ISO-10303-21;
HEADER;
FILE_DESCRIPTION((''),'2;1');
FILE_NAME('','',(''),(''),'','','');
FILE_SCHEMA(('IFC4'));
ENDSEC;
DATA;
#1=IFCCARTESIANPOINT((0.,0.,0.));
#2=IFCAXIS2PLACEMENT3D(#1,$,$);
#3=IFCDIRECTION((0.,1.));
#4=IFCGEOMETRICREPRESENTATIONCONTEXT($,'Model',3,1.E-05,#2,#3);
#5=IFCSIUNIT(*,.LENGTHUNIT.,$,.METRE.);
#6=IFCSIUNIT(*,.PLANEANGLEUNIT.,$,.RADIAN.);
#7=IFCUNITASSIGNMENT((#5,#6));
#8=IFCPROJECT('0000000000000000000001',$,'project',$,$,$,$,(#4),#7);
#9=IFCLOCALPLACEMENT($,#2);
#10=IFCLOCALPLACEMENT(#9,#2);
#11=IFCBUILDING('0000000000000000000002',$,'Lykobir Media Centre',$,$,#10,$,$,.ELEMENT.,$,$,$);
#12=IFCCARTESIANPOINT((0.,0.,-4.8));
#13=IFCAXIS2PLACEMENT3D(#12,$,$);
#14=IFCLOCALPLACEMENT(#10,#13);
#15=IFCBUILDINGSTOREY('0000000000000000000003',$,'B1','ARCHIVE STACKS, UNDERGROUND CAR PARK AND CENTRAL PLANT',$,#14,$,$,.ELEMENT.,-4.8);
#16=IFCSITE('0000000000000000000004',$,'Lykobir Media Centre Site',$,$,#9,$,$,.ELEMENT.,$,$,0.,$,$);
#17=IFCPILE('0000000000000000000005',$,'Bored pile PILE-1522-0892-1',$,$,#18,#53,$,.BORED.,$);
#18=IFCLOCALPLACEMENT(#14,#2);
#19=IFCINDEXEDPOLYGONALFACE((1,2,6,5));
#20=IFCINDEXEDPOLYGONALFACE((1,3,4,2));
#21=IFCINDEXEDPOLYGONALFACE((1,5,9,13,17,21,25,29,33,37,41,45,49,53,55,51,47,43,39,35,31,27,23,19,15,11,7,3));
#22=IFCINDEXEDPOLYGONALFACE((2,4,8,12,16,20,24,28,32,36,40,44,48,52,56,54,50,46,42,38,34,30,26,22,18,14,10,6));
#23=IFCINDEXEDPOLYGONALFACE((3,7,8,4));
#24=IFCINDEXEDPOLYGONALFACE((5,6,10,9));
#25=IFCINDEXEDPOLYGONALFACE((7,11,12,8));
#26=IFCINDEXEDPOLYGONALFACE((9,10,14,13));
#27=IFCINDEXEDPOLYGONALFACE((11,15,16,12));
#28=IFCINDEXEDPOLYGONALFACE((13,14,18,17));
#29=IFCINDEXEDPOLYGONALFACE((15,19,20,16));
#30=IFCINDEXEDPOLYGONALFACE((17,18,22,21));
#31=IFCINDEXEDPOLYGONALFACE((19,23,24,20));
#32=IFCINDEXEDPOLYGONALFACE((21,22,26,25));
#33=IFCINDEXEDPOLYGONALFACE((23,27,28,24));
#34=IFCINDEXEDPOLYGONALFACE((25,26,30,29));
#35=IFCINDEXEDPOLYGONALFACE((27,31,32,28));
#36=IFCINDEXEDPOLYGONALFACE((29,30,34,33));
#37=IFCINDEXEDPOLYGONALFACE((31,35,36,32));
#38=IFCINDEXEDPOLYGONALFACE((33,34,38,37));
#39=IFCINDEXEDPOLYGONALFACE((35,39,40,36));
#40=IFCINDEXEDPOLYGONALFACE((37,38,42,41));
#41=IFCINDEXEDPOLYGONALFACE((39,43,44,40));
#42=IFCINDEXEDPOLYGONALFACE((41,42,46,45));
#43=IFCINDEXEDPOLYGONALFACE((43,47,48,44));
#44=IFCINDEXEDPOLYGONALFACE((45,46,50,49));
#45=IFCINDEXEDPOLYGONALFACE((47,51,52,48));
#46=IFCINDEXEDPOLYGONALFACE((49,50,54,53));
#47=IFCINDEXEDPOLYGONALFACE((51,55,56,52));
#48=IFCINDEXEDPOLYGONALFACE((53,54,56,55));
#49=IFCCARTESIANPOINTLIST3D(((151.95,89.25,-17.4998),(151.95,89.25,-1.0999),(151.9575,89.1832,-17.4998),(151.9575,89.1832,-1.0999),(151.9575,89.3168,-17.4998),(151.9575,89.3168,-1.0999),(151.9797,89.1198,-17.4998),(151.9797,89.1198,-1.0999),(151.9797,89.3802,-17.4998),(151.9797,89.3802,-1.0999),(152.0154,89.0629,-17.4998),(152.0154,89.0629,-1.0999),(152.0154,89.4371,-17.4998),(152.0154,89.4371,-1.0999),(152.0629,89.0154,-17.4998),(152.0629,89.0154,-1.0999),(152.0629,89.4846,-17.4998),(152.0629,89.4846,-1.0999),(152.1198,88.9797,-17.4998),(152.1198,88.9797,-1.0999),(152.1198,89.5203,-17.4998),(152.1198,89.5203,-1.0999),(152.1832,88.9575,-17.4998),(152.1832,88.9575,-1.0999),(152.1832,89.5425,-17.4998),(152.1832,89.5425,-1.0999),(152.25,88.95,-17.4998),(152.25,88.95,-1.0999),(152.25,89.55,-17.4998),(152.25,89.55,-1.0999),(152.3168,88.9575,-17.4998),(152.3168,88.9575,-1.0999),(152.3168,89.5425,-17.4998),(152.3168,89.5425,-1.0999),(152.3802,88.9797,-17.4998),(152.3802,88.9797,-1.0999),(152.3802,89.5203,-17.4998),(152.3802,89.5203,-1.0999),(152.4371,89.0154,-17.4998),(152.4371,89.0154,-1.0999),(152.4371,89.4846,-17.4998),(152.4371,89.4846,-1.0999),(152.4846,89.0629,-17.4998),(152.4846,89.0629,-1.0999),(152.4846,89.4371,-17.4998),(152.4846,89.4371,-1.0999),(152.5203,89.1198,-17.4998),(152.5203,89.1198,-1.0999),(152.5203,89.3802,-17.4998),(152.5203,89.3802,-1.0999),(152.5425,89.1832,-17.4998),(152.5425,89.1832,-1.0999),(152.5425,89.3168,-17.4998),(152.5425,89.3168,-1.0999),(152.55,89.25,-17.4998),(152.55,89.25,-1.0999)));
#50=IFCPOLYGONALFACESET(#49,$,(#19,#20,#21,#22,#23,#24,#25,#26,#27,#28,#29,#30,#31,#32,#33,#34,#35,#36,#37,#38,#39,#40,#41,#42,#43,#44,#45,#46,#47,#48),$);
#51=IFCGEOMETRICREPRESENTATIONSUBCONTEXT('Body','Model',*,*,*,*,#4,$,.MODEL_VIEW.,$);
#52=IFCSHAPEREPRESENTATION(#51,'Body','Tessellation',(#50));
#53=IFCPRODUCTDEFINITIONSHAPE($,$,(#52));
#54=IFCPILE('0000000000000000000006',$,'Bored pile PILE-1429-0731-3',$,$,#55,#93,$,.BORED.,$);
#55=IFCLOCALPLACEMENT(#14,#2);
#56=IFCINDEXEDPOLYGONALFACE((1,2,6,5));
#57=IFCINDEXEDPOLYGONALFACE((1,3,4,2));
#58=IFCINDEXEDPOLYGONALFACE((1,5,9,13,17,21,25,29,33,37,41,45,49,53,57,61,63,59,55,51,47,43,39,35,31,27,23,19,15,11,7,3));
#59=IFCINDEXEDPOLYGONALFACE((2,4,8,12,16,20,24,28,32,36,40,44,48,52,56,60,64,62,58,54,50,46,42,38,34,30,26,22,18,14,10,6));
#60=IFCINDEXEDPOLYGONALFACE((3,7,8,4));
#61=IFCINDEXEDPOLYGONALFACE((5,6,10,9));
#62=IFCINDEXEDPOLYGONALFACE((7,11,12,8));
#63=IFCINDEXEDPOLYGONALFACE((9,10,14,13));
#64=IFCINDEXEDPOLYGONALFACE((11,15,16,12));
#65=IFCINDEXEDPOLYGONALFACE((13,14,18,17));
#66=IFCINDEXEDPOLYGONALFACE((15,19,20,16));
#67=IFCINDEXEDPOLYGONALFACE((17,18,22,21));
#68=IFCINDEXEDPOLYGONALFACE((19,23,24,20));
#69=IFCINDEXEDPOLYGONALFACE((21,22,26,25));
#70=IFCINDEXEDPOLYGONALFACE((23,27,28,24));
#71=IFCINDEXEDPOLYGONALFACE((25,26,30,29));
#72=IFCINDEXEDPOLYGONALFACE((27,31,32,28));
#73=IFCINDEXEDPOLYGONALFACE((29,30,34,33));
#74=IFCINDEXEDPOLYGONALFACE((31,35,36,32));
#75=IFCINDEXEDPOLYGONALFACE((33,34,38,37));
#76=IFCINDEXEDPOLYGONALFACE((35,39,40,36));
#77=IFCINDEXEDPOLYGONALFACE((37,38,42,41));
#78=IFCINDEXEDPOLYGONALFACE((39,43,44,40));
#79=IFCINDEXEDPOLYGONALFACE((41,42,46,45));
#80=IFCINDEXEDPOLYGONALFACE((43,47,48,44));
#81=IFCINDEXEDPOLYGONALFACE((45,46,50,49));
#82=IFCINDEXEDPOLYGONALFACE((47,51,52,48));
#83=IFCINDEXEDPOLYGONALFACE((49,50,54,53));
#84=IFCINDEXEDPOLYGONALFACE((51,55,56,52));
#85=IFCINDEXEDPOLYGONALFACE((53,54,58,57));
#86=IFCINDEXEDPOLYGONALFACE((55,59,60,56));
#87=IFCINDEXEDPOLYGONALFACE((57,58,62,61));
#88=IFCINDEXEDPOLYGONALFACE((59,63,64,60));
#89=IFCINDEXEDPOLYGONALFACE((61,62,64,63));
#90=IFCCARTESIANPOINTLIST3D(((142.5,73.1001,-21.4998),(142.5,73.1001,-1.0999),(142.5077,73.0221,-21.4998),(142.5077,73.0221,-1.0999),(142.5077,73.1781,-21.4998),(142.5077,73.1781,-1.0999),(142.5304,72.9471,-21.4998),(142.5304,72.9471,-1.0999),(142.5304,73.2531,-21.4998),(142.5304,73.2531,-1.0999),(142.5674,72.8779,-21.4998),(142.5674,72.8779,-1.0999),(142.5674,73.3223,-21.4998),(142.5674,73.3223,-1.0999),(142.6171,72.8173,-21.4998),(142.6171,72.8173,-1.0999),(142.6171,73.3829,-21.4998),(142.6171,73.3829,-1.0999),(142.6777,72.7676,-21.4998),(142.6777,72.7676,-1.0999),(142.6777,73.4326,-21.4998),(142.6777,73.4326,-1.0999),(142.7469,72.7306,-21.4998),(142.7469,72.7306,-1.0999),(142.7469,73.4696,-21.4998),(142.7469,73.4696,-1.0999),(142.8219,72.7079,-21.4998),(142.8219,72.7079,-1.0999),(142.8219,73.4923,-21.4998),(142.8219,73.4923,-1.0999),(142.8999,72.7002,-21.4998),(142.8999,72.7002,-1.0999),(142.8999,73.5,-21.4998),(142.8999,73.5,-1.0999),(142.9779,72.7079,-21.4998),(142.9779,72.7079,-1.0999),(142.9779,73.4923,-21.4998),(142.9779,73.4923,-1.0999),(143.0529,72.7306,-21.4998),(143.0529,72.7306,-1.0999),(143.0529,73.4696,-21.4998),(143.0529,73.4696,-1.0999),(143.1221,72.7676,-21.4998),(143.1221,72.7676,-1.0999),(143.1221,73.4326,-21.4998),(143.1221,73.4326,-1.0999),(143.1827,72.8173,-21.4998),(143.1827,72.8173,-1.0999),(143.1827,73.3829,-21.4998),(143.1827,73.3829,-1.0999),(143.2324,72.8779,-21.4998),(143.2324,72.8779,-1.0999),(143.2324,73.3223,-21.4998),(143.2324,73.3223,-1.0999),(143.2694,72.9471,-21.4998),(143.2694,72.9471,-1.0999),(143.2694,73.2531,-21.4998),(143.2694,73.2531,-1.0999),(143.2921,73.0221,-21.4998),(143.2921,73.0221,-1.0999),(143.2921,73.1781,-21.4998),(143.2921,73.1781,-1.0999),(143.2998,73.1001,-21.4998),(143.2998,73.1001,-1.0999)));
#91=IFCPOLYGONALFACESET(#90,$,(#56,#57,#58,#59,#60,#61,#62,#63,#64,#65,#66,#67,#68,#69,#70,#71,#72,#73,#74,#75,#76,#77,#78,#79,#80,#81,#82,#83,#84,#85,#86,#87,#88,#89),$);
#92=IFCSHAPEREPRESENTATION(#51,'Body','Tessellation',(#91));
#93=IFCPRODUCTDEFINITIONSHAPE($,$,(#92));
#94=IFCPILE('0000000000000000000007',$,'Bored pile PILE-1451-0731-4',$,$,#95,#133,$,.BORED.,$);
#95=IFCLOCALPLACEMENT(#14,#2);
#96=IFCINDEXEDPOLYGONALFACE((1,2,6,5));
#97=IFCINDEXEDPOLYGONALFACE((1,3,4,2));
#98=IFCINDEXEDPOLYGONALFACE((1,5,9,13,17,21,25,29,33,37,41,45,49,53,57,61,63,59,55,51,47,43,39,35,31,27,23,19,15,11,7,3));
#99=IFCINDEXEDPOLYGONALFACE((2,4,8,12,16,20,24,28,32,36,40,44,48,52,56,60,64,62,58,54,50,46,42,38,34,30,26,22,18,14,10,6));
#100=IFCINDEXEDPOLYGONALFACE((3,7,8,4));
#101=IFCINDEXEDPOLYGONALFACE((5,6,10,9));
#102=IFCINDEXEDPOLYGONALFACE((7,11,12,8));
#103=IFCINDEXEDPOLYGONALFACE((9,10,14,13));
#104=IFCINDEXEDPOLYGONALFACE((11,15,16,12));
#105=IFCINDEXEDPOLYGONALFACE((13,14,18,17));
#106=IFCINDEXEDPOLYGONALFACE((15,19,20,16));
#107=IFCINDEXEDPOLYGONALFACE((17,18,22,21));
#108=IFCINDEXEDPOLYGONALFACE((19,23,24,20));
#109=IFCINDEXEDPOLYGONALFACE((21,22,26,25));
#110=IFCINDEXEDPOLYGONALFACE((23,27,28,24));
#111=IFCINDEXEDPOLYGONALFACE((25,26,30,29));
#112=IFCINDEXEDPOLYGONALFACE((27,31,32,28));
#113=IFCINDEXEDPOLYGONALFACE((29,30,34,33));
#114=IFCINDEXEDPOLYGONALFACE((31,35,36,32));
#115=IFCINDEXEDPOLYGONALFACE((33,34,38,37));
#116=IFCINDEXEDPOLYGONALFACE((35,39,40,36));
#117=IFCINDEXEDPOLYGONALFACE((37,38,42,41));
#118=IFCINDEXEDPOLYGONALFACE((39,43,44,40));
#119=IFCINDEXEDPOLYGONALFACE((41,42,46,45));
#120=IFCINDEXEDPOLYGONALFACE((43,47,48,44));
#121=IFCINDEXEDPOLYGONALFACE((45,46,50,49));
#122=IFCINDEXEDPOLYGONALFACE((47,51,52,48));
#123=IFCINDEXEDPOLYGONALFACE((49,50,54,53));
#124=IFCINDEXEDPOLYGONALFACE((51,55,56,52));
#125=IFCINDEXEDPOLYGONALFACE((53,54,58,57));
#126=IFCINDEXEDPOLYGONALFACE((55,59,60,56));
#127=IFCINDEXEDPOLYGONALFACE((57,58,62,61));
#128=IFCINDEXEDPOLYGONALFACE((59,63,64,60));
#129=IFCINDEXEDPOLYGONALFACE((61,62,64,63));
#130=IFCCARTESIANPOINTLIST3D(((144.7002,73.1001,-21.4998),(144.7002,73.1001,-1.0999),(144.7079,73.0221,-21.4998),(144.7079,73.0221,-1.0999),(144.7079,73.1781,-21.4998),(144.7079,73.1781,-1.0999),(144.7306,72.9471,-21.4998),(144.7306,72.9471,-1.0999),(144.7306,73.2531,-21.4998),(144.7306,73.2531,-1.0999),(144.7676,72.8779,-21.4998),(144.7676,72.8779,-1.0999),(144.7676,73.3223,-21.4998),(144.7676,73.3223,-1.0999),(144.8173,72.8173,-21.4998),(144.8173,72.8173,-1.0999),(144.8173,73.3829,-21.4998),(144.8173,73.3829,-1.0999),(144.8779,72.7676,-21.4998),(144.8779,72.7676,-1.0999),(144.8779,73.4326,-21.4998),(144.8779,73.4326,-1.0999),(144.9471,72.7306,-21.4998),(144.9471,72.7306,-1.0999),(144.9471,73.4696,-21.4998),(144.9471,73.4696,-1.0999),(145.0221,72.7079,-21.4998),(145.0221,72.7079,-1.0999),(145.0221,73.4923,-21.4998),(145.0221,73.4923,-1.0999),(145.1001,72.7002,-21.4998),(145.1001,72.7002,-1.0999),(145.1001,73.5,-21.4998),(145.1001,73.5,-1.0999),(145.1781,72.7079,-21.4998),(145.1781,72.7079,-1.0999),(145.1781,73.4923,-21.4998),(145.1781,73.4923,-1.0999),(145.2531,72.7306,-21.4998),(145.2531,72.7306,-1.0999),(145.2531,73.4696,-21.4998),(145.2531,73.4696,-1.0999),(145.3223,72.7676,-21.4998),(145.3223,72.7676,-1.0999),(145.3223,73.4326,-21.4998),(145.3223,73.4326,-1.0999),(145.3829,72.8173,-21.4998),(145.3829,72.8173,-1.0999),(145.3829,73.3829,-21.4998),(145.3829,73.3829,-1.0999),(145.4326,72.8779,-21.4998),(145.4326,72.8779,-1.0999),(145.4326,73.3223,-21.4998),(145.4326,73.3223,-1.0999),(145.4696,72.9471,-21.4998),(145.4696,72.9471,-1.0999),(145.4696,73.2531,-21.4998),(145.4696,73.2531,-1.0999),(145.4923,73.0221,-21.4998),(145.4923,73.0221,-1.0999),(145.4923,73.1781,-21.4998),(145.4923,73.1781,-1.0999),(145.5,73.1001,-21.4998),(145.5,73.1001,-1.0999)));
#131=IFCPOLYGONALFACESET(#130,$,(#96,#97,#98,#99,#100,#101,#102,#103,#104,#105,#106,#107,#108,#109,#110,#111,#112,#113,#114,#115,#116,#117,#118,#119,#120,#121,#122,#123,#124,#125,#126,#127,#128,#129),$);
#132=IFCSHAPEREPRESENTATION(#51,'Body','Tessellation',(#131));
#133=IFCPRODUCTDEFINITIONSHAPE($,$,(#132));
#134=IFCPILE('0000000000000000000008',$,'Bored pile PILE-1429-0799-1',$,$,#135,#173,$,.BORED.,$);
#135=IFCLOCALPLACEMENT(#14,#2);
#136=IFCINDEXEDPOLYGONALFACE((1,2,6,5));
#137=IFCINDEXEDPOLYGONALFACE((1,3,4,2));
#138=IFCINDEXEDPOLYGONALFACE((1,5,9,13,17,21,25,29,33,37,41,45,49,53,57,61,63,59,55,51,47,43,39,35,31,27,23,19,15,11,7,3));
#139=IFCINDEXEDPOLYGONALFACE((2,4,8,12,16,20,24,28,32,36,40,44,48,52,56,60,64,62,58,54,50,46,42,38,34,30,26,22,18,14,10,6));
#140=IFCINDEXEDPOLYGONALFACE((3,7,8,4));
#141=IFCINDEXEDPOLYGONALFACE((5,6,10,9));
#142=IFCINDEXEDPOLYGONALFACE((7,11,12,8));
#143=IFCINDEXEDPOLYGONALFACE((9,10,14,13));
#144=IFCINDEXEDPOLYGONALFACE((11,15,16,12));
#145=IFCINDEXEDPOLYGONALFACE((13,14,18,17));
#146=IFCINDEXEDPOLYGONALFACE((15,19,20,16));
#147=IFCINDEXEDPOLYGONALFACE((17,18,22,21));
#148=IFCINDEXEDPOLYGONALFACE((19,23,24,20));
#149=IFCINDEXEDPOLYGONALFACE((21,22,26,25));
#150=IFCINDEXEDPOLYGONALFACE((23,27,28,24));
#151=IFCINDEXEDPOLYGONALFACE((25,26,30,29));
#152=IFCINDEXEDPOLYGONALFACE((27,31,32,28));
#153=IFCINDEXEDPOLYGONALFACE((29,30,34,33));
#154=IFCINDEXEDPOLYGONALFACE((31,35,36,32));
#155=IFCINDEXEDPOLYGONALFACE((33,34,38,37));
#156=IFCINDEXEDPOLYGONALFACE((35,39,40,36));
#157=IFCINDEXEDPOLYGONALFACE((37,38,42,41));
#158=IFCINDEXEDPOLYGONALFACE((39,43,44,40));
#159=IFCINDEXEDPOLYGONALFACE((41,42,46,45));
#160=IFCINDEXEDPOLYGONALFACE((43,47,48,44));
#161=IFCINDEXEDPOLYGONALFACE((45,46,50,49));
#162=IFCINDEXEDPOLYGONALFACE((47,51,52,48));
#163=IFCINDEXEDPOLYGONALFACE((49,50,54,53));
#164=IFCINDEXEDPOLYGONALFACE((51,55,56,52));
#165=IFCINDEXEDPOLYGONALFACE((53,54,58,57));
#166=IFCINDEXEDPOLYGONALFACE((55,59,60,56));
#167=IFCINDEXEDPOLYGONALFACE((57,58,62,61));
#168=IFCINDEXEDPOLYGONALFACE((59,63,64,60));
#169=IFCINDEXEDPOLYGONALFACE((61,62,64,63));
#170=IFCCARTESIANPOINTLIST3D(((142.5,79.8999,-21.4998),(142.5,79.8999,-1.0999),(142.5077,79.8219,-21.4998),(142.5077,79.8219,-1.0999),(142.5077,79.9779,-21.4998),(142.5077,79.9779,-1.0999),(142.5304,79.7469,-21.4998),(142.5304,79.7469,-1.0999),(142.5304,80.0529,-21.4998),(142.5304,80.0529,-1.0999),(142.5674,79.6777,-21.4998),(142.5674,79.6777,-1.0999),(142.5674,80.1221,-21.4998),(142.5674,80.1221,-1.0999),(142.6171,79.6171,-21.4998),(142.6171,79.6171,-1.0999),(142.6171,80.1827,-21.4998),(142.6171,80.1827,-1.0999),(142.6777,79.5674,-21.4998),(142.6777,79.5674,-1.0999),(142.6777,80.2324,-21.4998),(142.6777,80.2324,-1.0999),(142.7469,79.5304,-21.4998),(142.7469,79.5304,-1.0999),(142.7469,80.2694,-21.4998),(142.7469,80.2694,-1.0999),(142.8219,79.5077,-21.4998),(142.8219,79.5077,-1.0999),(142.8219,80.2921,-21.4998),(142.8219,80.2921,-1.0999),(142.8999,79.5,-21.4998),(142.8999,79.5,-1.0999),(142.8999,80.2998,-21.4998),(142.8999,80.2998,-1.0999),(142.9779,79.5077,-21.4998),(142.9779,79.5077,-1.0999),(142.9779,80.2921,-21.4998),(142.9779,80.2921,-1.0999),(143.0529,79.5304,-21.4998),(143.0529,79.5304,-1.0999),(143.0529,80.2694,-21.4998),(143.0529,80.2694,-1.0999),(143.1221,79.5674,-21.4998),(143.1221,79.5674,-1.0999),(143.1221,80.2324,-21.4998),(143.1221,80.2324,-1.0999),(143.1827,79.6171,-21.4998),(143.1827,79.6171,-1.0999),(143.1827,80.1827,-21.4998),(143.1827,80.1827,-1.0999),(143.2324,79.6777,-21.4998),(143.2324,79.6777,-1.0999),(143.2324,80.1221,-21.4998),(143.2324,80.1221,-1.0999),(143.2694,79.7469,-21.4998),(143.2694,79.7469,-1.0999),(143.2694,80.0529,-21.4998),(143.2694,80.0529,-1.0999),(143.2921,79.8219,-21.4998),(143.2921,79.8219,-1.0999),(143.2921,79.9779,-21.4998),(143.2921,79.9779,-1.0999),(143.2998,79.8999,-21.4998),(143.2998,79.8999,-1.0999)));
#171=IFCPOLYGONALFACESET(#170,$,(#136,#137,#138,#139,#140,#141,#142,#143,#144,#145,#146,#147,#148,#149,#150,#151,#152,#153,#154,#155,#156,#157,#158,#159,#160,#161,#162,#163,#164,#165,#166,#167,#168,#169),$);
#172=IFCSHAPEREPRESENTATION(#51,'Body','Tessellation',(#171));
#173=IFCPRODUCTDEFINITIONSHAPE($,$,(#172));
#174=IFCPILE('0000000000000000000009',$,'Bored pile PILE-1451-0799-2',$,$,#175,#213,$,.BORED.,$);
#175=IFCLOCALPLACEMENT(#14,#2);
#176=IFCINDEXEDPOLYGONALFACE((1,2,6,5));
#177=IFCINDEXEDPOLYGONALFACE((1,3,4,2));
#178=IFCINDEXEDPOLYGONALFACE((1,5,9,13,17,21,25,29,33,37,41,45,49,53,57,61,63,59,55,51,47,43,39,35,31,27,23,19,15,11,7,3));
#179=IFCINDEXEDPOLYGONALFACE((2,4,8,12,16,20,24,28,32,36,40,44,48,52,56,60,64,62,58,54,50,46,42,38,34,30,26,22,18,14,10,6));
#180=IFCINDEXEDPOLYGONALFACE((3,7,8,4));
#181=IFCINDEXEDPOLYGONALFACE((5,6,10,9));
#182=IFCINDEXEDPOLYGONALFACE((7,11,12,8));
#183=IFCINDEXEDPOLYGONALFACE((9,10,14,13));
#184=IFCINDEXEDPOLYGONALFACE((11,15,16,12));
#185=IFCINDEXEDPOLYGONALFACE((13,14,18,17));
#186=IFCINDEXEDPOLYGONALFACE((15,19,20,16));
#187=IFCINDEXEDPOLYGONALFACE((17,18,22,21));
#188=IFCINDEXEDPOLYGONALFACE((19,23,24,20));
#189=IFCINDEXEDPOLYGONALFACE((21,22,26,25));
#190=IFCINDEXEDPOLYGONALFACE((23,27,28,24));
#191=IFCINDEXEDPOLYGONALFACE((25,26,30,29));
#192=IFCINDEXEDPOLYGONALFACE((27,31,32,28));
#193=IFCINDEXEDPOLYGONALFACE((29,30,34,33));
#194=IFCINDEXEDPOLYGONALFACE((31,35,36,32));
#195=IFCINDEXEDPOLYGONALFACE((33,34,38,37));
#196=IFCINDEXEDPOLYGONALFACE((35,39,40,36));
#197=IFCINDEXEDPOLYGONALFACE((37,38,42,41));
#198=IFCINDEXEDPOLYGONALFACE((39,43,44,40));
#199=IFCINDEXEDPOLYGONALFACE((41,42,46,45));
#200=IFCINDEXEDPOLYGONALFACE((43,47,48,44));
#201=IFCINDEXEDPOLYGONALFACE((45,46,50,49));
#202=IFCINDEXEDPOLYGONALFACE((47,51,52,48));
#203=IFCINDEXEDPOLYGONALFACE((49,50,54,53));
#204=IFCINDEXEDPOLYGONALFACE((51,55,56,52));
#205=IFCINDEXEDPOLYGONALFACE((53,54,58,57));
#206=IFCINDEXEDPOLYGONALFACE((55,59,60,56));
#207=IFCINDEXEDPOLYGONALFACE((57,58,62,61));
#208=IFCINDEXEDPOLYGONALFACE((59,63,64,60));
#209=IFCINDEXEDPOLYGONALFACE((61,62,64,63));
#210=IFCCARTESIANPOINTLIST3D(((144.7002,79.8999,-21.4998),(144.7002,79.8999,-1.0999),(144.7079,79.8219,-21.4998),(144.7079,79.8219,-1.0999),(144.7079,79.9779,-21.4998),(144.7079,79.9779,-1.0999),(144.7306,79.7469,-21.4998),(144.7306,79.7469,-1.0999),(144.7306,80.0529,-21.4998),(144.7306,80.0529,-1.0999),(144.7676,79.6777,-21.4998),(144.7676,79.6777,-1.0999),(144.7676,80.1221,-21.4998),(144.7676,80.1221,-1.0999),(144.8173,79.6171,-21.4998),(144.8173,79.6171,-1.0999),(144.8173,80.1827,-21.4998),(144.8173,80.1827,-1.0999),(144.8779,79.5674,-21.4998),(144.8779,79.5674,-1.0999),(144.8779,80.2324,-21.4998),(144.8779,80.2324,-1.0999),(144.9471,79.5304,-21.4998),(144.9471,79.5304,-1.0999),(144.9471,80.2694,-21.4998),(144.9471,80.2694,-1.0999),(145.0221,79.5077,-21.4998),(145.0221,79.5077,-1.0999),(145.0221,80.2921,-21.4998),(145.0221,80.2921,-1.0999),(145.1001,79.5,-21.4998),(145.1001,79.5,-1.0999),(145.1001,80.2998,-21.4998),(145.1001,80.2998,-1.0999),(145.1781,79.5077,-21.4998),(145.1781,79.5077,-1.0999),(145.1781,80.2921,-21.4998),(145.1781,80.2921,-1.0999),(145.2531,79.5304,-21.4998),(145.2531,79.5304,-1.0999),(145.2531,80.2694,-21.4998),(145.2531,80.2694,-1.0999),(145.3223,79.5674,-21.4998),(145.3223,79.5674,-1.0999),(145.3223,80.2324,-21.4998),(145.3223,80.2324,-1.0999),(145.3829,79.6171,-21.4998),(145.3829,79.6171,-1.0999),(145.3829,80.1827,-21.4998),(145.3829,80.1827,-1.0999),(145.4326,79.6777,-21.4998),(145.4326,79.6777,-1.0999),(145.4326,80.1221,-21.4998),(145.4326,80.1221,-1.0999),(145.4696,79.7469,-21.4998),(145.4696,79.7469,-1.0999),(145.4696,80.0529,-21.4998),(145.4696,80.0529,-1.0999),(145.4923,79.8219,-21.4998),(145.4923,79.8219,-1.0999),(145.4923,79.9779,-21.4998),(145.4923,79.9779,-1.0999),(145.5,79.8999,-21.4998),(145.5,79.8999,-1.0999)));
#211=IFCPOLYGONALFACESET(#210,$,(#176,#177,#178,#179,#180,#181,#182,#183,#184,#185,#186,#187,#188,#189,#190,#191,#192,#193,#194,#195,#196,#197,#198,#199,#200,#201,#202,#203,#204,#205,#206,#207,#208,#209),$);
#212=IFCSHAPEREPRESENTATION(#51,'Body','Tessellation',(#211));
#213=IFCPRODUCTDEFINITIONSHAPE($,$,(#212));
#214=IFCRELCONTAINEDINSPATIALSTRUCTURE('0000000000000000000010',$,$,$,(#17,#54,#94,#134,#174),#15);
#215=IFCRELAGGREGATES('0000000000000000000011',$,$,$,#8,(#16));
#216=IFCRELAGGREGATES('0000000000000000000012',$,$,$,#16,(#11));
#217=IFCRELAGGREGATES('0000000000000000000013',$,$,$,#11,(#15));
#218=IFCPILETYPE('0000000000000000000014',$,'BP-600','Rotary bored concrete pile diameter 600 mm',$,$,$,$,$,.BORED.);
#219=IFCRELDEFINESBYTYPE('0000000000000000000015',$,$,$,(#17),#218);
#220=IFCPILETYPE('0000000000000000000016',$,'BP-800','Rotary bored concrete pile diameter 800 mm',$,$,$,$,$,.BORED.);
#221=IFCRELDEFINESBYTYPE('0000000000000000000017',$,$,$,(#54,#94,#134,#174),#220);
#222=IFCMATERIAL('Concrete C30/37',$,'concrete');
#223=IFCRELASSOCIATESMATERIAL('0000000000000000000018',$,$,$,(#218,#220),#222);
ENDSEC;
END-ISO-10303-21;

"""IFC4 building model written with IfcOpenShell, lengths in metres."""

from ifc_helpers import new_model, si_unit, direction, frame, origin, origin_2d, place, context, subcontext, project, spatial, circle, extrude, material, material_profile, profile_set, type_object, element, save


model = new_model("IFC4")

# Units and contexts
model_context = context("Model", 3, precision=1e-05, world=origin(), true_north=direction((0.0, 1.0)))
body_context = subcontext(model_context, "Body", "Model", "MODEL_VIEW")
ifc_project = project(units=[si_unit("LENGTHUNIT", "METRE"), si_unit("PLANEANGLEUNIT", "RADIAN")], contexts=[model_context])

# Site, building, storey
site_placement = place(None, origin())
site = spatial("IfcSite", under=ifc_project, at=site_placement, Name="Lykobir Media Centre Site", CompositionType="ELEMENT", RefElevation=0.0)
building_placement = place(site_placement, origin())
building = spatial("IfcBuilding", under=site, at=building_placement, Name="Lykobir Media Centre", CompositionType="ELEMENT")
storey_placement = place(building_placement, frame((0.0, 0.0, -4.8)))
storey = spatial("IfcBuildingStorey", under=building, at=storey_placement, Name="B1", Description="ARCHIVE STACKS, UNDERGROUND CAR PARK AND CENTRAL PLANT", CompositionType="ELEMENT", Elevation=-4.8)

# Piles
ifc_material_1 = material(Name="Concrete C30/37", Category="concrete")
ifc_material_profile_1 = material_profile(ifc_material_1, circle(Radius=0.3, at=origin_2d()), Name="BORED PILE D600")
ifc_profile_set_1 = profile_set([ifc_material_profile_1], Name="Concrete C30/37")
pile_type_1 = type_object("IfcPileType", Name="BP-600", Description="Rotary bored concrete pile diameter 600 mm", PredefinedType="BORED", material=ifc_profile_set_1)
for number, where, z_axis, x_axis, name in (
    (1, (152.25, 89.25, -1.0999), (0.0, 0.0, -1.0), (1.0, 0.0, 0.0), "Bored pile PILE-1522-0892-1"),
):
    element("IfcPile", number, at=place(storey_placement, frame(where, z_axis=z_axis, x_axis=x_axis)), inside=storey, type_object=pile_type_1, Name=name, PredefinedType="BORED", context=body_context, shape_type="SweptSolid", body=[
        extrude(circle(Radius=0.3, at=origin_2d()), origin(), (0.0, 0.0, 1.0), 16.3999),
    ])
ifc_material_profile_2 = material_profile(ifc_material_1, circle(Radius=0.3999, at=origin_2d()), Name="BORED PILE D800")
ifc_profile_set_2 = profile_set([ifc_material_profile_2], Name="Concrete C30/37")
pile_type_2 = type_object("IfcPileType", Name="BP-800", Description="Rotary bored concrete pile diameter 800 mm", PredefinedType="BORED", material=ifc_profile_set_2)
for number, where, z_axis, x_axis, name in (
    (2, (142.8999, 73.1001, -1.0999), (0.0, 0.0, -1.0), (1.0, 0.0, 0.0), "Bored pile PILE-1429-0731-3"),
    (3, (145.1001, 73.1001, -1.0999), (0.0, 0.0, -1.0), (1.0, 0.0, 0.0), "Bored pile PILE-1451-0731-4"),
    (4, (142.8999, 79.8999, -1.0999), (0.0, 0.0, -1.0), (1.0, 0.0, 0.0), "Bored pile PILE-1429-0799-1"),
    (5, (145.1001, 79.8999, -1.0999), (0.0, 0.0, -1.0), (1.0, 0.0, 0.0), "Bored pile PILE-1451-0799-2"),
):
    element("IfcPile", number, at=place(storey_placement, frame(where, z_axis=z_axis, x_axis=x_axis)), inside=storey, type_object=pile_type_2, Name=name, PredefinedType="BORED", context=body_context, shape_type="SweptSolid", body=[
        extrude(circle(Radius=0.3999, at=origin_2d()), origin(), (0.0, 0.0, 1.0), 20.3999),
    ])

save(model, "model.ifc")
